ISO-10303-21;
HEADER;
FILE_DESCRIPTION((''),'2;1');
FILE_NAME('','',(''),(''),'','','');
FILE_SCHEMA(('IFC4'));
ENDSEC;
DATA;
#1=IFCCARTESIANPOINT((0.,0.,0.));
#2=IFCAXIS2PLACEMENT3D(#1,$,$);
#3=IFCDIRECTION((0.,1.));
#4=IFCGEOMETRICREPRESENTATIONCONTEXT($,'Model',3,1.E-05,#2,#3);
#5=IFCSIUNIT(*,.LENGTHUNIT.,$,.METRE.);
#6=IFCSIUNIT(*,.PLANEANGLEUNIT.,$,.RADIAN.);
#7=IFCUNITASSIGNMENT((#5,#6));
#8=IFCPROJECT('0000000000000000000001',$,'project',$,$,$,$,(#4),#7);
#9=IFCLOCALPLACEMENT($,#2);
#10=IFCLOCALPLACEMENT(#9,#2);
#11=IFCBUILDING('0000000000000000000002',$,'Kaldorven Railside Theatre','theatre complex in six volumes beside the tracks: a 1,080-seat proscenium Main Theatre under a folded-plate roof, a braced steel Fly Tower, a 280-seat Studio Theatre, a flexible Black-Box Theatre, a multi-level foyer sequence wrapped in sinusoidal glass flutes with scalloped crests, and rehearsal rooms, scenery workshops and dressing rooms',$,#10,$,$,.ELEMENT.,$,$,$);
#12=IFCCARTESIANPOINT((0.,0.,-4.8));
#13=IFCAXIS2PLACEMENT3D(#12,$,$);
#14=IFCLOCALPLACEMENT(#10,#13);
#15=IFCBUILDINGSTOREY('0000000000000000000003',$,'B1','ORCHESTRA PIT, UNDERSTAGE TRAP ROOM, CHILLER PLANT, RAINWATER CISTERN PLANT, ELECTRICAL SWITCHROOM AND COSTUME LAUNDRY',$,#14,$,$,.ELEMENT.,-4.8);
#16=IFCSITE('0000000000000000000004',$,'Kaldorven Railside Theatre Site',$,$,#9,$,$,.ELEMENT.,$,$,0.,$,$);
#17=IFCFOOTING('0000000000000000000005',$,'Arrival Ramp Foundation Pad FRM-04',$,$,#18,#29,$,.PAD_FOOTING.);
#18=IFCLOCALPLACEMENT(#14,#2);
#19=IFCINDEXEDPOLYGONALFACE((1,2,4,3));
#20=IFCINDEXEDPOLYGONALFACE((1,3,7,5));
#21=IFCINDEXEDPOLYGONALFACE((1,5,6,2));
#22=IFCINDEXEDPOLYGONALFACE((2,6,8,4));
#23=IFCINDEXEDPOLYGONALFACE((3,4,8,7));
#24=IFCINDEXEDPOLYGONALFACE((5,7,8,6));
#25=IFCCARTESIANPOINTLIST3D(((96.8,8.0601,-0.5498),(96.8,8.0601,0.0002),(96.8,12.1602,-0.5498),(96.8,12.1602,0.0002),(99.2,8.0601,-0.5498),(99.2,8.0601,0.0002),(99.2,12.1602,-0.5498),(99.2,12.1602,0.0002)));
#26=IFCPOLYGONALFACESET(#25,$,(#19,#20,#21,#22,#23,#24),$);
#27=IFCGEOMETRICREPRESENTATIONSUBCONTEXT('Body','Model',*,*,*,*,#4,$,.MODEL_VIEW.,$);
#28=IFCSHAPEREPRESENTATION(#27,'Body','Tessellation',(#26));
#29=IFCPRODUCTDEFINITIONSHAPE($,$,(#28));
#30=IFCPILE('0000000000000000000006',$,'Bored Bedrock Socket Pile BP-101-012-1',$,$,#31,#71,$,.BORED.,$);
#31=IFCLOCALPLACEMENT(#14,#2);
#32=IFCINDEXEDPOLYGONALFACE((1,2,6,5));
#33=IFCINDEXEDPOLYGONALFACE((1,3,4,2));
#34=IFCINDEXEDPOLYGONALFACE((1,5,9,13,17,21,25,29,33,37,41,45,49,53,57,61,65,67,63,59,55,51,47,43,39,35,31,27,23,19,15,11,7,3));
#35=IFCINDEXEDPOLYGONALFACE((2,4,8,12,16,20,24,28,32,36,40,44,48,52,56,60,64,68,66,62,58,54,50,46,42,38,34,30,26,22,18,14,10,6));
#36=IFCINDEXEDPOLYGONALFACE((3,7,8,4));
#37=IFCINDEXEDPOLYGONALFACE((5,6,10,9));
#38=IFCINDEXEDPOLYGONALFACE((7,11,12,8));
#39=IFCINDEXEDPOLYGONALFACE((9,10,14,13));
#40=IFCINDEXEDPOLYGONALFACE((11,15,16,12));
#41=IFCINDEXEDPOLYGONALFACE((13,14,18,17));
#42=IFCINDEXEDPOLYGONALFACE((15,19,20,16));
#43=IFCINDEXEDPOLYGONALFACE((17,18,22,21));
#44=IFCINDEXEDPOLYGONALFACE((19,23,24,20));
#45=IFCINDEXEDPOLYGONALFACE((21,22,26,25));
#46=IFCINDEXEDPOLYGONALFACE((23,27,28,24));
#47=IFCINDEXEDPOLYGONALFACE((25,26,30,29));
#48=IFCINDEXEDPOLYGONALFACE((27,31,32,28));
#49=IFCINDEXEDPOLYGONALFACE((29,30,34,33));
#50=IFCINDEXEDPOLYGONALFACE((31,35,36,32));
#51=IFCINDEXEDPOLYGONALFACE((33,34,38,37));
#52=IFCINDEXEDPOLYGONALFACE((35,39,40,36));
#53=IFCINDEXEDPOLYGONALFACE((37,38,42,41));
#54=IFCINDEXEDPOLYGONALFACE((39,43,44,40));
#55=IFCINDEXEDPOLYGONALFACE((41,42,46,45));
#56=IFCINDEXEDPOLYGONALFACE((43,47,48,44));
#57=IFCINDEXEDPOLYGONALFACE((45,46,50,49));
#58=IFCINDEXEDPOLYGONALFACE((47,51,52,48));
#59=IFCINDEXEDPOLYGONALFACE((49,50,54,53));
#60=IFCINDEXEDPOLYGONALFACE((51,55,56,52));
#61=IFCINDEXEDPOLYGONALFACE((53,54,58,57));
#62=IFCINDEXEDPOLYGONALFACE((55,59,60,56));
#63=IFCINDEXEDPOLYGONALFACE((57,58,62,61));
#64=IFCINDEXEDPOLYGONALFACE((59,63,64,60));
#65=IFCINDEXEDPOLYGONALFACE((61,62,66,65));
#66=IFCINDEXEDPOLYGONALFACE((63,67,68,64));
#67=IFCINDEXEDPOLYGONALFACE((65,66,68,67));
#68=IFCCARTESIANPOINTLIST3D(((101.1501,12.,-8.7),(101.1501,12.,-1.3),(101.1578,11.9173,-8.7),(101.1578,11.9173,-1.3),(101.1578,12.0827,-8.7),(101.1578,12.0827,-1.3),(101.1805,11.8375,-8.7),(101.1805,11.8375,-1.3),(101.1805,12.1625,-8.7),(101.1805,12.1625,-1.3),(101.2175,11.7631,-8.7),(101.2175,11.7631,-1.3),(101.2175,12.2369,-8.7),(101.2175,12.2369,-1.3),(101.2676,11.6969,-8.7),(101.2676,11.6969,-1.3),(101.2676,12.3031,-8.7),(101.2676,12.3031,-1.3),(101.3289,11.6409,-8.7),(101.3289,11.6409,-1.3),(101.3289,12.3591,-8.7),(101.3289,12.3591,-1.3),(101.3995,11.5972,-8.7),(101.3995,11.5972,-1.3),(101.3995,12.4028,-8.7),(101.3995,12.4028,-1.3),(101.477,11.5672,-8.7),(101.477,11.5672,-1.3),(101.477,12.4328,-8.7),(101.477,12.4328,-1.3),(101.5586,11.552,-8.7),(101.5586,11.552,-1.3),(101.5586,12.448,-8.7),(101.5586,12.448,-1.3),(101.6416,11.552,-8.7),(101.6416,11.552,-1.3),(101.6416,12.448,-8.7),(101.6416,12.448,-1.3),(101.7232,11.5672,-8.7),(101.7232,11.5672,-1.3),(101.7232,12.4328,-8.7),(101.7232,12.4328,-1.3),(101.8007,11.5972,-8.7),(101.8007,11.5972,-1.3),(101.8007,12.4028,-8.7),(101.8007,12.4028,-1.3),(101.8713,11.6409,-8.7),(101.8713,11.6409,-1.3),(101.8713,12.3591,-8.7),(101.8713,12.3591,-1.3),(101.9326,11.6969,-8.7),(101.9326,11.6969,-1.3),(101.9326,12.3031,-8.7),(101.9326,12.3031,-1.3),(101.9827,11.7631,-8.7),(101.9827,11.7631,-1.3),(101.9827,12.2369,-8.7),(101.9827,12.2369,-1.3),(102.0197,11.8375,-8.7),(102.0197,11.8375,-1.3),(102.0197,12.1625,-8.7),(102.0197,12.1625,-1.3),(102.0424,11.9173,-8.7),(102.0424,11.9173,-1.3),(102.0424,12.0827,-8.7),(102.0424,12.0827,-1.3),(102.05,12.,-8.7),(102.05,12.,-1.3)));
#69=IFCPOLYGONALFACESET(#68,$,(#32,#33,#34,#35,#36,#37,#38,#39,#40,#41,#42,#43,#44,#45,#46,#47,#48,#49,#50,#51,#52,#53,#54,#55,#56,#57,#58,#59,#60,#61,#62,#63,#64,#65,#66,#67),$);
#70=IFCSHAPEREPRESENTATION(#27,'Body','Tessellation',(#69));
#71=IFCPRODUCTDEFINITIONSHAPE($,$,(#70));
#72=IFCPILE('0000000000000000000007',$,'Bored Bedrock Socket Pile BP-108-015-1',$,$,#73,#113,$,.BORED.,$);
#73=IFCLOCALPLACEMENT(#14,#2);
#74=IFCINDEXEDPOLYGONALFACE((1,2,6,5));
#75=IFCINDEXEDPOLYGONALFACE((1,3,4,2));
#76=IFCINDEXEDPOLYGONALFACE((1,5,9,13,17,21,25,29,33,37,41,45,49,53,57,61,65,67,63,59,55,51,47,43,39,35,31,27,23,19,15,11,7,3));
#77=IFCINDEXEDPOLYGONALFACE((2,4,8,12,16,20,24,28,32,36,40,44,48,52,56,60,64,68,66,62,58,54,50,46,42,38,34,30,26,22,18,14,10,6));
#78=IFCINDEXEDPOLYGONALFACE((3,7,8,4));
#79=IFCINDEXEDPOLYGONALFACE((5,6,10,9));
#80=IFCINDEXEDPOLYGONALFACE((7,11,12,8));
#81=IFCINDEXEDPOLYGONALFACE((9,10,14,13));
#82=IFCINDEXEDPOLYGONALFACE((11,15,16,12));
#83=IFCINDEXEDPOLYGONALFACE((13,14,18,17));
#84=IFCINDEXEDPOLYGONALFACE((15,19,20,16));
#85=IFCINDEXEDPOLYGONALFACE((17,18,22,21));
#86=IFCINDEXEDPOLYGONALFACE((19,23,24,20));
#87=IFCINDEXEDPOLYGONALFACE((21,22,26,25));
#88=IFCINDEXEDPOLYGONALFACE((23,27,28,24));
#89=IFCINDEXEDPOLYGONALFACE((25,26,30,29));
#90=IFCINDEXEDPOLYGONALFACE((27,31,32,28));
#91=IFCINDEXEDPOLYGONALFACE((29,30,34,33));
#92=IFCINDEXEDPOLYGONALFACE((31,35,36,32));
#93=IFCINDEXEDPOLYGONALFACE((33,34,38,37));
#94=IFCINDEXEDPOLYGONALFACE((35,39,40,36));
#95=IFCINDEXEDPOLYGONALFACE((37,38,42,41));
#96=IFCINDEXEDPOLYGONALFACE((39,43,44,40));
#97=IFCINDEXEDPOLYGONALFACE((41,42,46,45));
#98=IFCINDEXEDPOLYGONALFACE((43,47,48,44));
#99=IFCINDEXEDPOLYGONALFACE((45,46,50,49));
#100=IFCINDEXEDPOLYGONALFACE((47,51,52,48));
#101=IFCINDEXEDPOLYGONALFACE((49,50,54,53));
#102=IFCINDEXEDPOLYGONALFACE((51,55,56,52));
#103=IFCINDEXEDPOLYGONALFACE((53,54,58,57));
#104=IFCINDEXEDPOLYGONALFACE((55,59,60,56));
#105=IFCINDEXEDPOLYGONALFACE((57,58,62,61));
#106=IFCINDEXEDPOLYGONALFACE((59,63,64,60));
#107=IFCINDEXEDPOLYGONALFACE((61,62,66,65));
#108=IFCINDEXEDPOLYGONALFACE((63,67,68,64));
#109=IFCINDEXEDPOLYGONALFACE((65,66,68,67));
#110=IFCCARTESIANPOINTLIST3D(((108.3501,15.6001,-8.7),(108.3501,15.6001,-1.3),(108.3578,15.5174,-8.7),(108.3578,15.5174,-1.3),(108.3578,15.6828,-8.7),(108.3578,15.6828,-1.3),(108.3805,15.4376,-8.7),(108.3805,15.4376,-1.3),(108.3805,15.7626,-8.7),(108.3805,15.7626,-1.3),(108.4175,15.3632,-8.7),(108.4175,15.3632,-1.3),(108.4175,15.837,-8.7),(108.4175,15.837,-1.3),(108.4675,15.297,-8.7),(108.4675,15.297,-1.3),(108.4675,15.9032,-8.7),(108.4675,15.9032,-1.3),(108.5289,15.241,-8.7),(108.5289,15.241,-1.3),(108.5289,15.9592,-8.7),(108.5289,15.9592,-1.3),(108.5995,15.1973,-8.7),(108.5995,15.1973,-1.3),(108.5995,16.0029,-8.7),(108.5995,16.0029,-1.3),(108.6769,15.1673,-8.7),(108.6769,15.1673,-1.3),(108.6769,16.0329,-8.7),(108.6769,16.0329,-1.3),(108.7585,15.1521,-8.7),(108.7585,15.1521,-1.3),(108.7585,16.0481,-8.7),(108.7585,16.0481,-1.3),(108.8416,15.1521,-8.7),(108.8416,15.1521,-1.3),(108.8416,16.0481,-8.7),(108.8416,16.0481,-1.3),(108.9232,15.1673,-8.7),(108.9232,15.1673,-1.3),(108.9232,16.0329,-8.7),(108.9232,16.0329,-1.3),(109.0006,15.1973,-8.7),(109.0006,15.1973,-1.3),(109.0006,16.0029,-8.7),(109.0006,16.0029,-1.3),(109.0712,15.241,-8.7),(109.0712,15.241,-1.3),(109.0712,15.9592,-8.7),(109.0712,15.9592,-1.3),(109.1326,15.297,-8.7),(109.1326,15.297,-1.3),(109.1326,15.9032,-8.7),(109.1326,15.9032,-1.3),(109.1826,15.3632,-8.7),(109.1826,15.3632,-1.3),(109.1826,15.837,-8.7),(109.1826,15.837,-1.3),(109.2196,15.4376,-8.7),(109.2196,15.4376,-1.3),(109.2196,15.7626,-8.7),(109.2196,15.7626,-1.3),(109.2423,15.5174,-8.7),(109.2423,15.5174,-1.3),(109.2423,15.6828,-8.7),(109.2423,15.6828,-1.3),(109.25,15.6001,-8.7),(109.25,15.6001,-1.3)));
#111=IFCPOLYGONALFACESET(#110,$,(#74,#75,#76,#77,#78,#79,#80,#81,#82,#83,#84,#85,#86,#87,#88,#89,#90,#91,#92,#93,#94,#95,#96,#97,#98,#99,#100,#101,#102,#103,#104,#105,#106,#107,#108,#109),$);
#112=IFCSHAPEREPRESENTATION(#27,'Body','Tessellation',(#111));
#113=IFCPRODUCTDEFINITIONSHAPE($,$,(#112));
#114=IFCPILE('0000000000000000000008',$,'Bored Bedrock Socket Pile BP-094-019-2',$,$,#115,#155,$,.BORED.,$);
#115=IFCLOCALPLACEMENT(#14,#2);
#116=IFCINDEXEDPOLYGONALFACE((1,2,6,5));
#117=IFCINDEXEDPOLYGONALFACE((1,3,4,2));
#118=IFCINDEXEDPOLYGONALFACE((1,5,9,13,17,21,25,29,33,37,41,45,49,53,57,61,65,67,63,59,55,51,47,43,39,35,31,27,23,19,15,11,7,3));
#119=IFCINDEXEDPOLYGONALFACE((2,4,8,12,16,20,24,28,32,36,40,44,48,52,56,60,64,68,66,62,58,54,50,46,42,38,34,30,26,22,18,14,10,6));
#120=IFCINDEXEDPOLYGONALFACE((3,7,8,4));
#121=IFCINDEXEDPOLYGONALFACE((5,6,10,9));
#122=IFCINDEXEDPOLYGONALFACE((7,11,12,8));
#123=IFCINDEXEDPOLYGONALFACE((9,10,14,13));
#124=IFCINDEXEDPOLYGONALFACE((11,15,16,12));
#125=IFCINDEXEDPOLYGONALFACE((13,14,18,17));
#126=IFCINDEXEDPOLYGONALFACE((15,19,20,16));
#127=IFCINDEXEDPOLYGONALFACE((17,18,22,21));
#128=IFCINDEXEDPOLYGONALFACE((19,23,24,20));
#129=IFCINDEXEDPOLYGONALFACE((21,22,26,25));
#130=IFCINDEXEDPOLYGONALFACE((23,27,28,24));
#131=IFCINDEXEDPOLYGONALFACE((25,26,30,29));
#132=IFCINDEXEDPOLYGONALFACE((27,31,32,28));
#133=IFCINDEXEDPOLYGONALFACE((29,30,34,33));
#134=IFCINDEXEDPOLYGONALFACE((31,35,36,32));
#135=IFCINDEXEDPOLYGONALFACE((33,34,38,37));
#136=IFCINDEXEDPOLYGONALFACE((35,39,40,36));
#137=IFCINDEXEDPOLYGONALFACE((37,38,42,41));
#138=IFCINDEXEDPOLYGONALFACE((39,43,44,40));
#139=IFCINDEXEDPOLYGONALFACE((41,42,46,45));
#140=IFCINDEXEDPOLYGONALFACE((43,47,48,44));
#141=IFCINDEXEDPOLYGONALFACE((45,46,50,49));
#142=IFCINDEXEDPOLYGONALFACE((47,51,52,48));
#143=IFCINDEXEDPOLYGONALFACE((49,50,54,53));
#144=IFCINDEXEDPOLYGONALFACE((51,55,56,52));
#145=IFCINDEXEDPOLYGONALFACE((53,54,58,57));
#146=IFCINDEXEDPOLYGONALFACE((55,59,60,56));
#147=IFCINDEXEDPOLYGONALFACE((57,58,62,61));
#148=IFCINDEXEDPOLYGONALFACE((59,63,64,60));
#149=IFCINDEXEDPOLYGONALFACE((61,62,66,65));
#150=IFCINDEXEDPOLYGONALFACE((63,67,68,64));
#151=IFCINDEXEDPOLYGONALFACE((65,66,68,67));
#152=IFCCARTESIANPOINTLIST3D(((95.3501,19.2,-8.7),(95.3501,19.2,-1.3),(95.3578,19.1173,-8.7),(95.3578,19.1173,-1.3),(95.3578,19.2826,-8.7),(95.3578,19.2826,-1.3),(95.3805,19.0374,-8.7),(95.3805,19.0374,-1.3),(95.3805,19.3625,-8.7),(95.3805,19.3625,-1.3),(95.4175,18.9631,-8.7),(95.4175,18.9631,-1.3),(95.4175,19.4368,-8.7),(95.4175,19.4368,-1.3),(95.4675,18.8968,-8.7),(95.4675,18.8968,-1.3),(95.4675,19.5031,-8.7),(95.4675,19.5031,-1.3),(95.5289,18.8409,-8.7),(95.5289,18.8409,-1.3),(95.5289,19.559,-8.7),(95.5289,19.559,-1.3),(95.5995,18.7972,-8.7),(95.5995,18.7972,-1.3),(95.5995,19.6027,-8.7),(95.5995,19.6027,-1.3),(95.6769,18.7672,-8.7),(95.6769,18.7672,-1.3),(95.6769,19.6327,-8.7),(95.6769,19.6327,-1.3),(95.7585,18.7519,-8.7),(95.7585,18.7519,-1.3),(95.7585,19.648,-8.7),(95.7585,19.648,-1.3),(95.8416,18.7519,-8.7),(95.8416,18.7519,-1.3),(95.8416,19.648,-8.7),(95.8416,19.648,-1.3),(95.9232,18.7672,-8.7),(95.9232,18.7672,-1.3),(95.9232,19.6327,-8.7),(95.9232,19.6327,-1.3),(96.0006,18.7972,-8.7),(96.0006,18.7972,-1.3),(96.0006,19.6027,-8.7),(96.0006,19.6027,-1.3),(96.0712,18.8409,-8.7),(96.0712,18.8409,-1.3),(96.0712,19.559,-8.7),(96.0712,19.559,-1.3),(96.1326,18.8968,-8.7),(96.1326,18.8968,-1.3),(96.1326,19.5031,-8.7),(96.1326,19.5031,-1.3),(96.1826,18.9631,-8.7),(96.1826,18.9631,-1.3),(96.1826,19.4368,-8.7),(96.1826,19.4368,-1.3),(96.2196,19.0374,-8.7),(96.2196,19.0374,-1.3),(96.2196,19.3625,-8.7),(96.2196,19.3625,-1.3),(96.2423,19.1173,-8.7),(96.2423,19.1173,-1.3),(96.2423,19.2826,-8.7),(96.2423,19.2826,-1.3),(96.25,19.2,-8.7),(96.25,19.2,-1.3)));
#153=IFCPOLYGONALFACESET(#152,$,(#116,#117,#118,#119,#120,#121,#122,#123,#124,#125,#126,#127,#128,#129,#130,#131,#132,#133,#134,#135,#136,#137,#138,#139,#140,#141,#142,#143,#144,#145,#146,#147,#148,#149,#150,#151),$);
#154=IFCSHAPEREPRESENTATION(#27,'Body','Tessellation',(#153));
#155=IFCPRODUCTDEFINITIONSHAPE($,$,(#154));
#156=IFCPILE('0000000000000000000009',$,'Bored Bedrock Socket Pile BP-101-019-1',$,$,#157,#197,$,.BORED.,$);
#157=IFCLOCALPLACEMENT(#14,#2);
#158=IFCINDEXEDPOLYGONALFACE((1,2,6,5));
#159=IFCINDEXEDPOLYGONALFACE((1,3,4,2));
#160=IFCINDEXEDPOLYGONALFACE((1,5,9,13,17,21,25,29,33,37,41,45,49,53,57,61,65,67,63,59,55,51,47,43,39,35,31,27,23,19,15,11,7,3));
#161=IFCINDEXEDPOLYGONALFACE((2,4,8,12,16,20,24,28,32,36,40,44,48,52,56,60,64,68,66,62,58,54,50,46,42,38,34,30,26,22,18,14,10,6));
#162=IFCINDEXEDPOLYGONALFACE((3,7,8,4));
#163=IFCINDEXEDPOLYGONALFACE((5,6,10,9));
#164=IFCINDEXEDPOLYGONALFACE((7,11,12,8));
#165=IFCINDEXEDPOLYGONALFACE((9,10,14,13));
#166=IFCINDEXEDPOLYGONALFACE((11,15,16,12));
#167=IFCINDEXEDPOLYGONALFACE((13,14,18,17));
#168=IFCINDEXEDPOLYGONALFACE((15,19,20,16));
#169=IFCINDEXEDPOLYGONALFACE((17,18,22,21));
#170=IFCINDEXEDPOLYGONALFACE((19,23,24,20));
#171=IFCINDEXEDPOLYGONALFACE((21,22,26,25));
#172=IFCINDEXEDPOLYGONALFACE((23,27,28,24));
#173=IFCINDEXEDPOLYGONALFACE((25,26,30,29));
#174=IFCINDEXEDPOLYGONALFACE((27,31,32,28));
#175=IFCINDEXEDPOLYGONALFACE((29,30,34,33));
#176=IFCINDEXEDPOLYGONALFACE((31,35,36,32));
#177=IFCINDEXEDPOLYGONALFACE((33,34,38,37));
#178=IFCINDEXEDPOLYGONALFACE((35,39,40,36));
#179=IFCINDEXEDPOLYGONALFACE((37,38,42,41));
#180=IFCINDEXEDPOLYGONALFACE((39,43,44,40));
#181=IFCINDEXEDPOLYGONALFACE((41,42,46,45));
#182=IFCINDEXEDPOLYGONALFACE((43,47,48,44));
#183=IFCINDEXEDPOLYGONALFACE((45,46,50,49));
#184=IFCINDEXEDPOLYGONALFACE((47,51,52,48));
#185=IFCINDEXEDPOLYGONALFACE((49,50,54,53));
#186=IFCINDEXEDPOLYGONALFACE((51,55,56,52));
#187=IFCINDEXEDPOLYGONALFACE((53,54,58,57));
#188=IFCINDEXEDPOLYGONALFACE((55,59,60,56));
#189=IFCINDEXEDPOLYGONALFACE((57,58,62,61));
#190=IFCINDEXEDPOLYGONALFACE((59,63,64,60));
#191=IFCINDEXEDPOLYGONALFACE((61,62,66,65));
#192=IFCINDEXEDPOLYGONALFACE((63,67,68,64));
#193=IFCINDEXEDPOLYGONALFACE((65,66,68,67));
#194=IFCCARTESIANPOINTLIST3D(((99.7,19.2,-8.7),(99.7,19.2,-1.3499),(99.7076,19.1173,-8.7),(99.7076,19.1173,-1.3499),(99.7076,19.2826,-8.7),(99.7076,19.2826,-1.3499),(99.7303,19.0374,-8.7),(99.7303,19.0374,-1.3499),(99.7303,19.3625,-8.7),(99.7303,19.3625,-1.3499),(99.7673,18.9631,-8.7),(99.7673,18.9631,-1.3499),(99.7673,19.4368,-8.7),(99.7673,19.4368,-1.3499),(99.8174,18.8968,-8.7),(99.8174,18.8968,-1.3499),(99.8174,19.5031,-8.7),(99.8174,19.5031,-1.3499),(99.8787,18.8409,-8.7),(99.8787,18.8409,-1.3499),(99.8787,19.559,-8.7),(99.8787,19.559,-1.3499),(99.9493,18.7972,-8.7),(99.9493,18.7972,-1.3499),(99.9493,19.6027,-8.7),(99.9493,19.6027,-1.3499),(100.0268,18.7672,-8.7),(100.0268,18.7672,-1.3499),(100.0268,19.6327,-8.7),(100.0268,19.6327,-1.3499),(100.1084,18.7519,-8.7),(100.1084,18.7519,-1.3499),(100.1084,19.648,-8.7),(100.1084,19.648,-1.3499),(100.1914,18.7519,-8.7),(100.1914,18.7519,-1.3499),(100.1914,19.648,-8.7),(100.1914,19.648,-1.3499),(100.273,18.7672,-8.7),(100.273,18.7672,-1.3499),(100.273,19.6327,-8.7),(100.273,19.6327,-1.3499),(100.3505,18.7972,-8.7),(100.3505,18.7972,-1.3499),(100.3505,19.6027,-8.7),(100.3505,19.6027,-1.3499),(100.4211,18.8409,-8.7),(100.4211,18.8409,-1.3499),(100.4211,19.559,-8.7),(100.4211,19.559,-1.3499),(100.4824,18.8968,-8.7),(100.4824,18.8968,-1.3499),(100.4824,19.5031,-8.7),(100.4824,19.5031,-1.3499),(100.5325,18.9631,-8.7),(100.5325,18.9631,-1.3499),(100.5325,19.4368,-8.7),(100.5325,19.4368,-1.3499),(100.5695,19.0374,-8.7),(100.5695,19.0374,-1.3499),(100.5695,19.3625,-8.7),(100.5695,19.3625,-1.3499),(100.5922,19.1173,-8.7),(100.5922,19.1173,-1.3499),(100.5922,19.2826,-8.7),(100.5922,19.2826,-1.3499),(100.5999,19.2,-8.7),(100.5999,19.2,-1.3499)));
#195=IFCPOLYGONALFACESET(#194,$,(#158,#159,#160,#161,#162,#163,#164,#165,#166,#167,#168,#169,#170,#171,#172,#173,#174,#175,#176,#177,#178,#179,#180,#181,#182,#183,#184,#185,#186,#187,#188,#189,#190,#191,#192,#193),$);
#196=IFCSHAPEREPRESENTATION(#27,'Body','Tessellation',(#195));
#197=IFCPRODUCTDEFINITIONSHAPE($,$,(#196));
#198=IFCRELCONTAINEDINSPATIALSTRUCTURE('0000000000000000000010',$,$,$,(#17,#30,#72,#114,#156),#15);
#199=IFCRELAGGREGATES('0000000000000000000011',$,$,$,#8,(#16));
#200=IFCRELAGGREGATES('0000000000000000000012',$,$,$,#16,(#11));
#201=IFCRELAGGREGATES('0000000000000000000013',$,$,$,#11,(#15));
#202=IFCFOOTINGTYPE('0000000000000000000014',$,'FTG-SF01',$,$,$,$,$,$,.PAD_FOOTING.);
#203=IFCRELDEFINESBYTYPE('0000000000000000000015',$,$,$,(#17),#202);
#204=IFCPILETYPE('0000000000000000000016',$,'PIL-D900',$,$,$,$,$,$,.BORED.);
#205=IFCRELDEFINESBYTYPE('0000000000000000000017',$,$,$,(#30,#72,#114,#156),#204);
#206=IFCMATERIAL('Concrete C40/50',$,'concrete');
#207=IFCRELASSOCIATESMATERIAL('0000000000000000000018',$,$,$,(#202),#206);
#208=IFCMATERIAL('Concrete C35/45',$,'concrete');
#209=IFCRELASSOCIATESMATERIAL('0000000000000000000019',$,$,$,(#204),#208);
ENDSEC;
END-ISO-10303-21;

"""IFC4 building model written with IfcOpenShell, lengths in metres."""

from ifc_helpers import new_model, si_unit, direction, frame, origin, origin_2d, place, context, subcontext, project, spatial, rectangle, circle, extrude, material, material_profile, profile_set, type_object, element, save


model = new_model("IFC4")

# Units and contexts
model_context = context("Model", 3, precision=1e-05, world=origin(), true_north=direction((0.0, 1.0)))
body_context = subcontext(model_context, "Body", "Model", "MODEL_VIEW")
ifc_project = project(units=[si_unit("LENGTHUNIT", "METRE"), si_unit("PLANEANGLEUNIT", "RADIAN")], contexts=[model_context])

# Site, building, storey
site_placement = place(None, origin())
site = spatial("IfcSite", under=ifc_project, at=site_placement, Name="Kaldorven Railside Theatre Site", CompositionType="ELEMENT", RefElevation=0.0)
building_placement = place(site_placement, origin())
building = spatial("IfcBuilding", under=site, at=building_placement, Name="Kaldorven Railside Theatre", Description="theatre complex in six volumes beside the tracks: a 1,080-seat proscenium Main Theatre under a folded-plate roof, a braced steel Fly Tower, a 280-seat Studio Theatre, a flexible Black-Box Theatre, a multi-level foyer sequence wrapped in sinusoidal glass flutes with scalloped crests, and rehearsal rooms, scenery workshops and dressing rooms", CompositionType="ELEMENT")
storey_placement = place(building_placement, frame((0.0, 0.0, -4.8)))
storey = spatial("IfcBuildingStorey", under=building, at=storey_placement, Name="B1", Description="ORCHESTRA PIT, UNDERSTAGE TRAP ROOM, CHILLER PLANT, RAINWATER CISTERN PLANT, ELECTRICAL SWITCHROOM AND COSTUME LAUNDRY", CompositionType="ELEMENT", Elevation=-4.8)

# Footing
ifc_material_1 = material(Name="Concrete C40/50", Category="concrete")
footing_type_1 = type_object("IfcFootingType", Name="FTG-SF01", PredefinedType="PAD_FOOTING", material=ifc_material_1)
footing_1_placement = place(storey_placement, frame((98.0, 10.1101, -0.5498), z_axis=(0.0, 0.0, 1.0), x_axis=(1.0, 0.0, 0.0)))
element("IfcFooting", 1, at=footing_1_placement, inside=storey, type_object=footing_type_1, Name="Arrival Ramp Foundation Pad FRM-04", PredefinedType="PAD_FOOTING", context=body_context, shape_type="SweptSolid", body=[
    extrude(rectangle(XDim=2.3999, YDim=4.1001, at=origin_2d()), origin(), (0.0, 0.0, 1.0), 0.55),
])

# Piles
ifc_material_2 = material(Name="Concrete C35/45", Category="concrete")
ifc_material_profile_1 = material_profile(ifc_material_2, circle(Radius=0.45, at=origin_2d()), Name="BP D900")
ifc_profile_set_1 = profile_set([ifc_material_profile_1], Name="Concrete C35/45")
pile_type_1 = type_object("IfcPileType", Name="PIL-D900", PredefinedType="BORED", material=ifc_profile_set_1)
for number, where, z_axis, x_axis, name in (
    (2, (101.6001, 12.0, -1.3), (0.0, 0.0, -1.0), (1.0, 0.0, 0.0), "Bored Bedrock Socket Pile BP-101-012-1"),
    (3, (108.8, 15.6001, -1.3), (0.0, 0.0, -1.0), (1.0, 0.0, 0.0), "Bored Bedrock Socket Pile BP-108-015-1"),
    (4, (95.8, 19.2, -1.3), (0.0, 0.0, -1.0), (1.0, 0.0, 0.0), "Bored Bedrock Socket Pile BP-094-019-2"),
):
    element("IfcPile", number, at=place(storey_placement, frame(where, z_axis=z_axis, x_axis=x_axis)), inside=storey, type_object=pile_type_1, Name=name, PredefinedType="BORED", context=body_context, shape_type="SweptSolid", body=[
        extrude(circle(Radius=0.45, at=origin_2d()), origin(), (0.0, 0.0, 1.0), 7.3999),
    ])
pile_placement = place(storey_placement, frame((100.1499, 19.2, -1.3499), z_axis=(0.0, 0.0, -1.0), x_axis=(1.0, 0.0, 0.0)))
element("IfcPile", 5, at=pile_placement, inside=storey, type_object=pile_type_1, Name="Bored Bedrock Socket Pile BP-101-019-1", PredefinedType="BORED", context=body_context, shape_type="SweptSolid", body=[
    extrude(circle(Radius=0.45, at=origin_2d()), origin(), (0.0, 0.0, 1.0), 7.3501),
])

save(model, "model.ifc")
